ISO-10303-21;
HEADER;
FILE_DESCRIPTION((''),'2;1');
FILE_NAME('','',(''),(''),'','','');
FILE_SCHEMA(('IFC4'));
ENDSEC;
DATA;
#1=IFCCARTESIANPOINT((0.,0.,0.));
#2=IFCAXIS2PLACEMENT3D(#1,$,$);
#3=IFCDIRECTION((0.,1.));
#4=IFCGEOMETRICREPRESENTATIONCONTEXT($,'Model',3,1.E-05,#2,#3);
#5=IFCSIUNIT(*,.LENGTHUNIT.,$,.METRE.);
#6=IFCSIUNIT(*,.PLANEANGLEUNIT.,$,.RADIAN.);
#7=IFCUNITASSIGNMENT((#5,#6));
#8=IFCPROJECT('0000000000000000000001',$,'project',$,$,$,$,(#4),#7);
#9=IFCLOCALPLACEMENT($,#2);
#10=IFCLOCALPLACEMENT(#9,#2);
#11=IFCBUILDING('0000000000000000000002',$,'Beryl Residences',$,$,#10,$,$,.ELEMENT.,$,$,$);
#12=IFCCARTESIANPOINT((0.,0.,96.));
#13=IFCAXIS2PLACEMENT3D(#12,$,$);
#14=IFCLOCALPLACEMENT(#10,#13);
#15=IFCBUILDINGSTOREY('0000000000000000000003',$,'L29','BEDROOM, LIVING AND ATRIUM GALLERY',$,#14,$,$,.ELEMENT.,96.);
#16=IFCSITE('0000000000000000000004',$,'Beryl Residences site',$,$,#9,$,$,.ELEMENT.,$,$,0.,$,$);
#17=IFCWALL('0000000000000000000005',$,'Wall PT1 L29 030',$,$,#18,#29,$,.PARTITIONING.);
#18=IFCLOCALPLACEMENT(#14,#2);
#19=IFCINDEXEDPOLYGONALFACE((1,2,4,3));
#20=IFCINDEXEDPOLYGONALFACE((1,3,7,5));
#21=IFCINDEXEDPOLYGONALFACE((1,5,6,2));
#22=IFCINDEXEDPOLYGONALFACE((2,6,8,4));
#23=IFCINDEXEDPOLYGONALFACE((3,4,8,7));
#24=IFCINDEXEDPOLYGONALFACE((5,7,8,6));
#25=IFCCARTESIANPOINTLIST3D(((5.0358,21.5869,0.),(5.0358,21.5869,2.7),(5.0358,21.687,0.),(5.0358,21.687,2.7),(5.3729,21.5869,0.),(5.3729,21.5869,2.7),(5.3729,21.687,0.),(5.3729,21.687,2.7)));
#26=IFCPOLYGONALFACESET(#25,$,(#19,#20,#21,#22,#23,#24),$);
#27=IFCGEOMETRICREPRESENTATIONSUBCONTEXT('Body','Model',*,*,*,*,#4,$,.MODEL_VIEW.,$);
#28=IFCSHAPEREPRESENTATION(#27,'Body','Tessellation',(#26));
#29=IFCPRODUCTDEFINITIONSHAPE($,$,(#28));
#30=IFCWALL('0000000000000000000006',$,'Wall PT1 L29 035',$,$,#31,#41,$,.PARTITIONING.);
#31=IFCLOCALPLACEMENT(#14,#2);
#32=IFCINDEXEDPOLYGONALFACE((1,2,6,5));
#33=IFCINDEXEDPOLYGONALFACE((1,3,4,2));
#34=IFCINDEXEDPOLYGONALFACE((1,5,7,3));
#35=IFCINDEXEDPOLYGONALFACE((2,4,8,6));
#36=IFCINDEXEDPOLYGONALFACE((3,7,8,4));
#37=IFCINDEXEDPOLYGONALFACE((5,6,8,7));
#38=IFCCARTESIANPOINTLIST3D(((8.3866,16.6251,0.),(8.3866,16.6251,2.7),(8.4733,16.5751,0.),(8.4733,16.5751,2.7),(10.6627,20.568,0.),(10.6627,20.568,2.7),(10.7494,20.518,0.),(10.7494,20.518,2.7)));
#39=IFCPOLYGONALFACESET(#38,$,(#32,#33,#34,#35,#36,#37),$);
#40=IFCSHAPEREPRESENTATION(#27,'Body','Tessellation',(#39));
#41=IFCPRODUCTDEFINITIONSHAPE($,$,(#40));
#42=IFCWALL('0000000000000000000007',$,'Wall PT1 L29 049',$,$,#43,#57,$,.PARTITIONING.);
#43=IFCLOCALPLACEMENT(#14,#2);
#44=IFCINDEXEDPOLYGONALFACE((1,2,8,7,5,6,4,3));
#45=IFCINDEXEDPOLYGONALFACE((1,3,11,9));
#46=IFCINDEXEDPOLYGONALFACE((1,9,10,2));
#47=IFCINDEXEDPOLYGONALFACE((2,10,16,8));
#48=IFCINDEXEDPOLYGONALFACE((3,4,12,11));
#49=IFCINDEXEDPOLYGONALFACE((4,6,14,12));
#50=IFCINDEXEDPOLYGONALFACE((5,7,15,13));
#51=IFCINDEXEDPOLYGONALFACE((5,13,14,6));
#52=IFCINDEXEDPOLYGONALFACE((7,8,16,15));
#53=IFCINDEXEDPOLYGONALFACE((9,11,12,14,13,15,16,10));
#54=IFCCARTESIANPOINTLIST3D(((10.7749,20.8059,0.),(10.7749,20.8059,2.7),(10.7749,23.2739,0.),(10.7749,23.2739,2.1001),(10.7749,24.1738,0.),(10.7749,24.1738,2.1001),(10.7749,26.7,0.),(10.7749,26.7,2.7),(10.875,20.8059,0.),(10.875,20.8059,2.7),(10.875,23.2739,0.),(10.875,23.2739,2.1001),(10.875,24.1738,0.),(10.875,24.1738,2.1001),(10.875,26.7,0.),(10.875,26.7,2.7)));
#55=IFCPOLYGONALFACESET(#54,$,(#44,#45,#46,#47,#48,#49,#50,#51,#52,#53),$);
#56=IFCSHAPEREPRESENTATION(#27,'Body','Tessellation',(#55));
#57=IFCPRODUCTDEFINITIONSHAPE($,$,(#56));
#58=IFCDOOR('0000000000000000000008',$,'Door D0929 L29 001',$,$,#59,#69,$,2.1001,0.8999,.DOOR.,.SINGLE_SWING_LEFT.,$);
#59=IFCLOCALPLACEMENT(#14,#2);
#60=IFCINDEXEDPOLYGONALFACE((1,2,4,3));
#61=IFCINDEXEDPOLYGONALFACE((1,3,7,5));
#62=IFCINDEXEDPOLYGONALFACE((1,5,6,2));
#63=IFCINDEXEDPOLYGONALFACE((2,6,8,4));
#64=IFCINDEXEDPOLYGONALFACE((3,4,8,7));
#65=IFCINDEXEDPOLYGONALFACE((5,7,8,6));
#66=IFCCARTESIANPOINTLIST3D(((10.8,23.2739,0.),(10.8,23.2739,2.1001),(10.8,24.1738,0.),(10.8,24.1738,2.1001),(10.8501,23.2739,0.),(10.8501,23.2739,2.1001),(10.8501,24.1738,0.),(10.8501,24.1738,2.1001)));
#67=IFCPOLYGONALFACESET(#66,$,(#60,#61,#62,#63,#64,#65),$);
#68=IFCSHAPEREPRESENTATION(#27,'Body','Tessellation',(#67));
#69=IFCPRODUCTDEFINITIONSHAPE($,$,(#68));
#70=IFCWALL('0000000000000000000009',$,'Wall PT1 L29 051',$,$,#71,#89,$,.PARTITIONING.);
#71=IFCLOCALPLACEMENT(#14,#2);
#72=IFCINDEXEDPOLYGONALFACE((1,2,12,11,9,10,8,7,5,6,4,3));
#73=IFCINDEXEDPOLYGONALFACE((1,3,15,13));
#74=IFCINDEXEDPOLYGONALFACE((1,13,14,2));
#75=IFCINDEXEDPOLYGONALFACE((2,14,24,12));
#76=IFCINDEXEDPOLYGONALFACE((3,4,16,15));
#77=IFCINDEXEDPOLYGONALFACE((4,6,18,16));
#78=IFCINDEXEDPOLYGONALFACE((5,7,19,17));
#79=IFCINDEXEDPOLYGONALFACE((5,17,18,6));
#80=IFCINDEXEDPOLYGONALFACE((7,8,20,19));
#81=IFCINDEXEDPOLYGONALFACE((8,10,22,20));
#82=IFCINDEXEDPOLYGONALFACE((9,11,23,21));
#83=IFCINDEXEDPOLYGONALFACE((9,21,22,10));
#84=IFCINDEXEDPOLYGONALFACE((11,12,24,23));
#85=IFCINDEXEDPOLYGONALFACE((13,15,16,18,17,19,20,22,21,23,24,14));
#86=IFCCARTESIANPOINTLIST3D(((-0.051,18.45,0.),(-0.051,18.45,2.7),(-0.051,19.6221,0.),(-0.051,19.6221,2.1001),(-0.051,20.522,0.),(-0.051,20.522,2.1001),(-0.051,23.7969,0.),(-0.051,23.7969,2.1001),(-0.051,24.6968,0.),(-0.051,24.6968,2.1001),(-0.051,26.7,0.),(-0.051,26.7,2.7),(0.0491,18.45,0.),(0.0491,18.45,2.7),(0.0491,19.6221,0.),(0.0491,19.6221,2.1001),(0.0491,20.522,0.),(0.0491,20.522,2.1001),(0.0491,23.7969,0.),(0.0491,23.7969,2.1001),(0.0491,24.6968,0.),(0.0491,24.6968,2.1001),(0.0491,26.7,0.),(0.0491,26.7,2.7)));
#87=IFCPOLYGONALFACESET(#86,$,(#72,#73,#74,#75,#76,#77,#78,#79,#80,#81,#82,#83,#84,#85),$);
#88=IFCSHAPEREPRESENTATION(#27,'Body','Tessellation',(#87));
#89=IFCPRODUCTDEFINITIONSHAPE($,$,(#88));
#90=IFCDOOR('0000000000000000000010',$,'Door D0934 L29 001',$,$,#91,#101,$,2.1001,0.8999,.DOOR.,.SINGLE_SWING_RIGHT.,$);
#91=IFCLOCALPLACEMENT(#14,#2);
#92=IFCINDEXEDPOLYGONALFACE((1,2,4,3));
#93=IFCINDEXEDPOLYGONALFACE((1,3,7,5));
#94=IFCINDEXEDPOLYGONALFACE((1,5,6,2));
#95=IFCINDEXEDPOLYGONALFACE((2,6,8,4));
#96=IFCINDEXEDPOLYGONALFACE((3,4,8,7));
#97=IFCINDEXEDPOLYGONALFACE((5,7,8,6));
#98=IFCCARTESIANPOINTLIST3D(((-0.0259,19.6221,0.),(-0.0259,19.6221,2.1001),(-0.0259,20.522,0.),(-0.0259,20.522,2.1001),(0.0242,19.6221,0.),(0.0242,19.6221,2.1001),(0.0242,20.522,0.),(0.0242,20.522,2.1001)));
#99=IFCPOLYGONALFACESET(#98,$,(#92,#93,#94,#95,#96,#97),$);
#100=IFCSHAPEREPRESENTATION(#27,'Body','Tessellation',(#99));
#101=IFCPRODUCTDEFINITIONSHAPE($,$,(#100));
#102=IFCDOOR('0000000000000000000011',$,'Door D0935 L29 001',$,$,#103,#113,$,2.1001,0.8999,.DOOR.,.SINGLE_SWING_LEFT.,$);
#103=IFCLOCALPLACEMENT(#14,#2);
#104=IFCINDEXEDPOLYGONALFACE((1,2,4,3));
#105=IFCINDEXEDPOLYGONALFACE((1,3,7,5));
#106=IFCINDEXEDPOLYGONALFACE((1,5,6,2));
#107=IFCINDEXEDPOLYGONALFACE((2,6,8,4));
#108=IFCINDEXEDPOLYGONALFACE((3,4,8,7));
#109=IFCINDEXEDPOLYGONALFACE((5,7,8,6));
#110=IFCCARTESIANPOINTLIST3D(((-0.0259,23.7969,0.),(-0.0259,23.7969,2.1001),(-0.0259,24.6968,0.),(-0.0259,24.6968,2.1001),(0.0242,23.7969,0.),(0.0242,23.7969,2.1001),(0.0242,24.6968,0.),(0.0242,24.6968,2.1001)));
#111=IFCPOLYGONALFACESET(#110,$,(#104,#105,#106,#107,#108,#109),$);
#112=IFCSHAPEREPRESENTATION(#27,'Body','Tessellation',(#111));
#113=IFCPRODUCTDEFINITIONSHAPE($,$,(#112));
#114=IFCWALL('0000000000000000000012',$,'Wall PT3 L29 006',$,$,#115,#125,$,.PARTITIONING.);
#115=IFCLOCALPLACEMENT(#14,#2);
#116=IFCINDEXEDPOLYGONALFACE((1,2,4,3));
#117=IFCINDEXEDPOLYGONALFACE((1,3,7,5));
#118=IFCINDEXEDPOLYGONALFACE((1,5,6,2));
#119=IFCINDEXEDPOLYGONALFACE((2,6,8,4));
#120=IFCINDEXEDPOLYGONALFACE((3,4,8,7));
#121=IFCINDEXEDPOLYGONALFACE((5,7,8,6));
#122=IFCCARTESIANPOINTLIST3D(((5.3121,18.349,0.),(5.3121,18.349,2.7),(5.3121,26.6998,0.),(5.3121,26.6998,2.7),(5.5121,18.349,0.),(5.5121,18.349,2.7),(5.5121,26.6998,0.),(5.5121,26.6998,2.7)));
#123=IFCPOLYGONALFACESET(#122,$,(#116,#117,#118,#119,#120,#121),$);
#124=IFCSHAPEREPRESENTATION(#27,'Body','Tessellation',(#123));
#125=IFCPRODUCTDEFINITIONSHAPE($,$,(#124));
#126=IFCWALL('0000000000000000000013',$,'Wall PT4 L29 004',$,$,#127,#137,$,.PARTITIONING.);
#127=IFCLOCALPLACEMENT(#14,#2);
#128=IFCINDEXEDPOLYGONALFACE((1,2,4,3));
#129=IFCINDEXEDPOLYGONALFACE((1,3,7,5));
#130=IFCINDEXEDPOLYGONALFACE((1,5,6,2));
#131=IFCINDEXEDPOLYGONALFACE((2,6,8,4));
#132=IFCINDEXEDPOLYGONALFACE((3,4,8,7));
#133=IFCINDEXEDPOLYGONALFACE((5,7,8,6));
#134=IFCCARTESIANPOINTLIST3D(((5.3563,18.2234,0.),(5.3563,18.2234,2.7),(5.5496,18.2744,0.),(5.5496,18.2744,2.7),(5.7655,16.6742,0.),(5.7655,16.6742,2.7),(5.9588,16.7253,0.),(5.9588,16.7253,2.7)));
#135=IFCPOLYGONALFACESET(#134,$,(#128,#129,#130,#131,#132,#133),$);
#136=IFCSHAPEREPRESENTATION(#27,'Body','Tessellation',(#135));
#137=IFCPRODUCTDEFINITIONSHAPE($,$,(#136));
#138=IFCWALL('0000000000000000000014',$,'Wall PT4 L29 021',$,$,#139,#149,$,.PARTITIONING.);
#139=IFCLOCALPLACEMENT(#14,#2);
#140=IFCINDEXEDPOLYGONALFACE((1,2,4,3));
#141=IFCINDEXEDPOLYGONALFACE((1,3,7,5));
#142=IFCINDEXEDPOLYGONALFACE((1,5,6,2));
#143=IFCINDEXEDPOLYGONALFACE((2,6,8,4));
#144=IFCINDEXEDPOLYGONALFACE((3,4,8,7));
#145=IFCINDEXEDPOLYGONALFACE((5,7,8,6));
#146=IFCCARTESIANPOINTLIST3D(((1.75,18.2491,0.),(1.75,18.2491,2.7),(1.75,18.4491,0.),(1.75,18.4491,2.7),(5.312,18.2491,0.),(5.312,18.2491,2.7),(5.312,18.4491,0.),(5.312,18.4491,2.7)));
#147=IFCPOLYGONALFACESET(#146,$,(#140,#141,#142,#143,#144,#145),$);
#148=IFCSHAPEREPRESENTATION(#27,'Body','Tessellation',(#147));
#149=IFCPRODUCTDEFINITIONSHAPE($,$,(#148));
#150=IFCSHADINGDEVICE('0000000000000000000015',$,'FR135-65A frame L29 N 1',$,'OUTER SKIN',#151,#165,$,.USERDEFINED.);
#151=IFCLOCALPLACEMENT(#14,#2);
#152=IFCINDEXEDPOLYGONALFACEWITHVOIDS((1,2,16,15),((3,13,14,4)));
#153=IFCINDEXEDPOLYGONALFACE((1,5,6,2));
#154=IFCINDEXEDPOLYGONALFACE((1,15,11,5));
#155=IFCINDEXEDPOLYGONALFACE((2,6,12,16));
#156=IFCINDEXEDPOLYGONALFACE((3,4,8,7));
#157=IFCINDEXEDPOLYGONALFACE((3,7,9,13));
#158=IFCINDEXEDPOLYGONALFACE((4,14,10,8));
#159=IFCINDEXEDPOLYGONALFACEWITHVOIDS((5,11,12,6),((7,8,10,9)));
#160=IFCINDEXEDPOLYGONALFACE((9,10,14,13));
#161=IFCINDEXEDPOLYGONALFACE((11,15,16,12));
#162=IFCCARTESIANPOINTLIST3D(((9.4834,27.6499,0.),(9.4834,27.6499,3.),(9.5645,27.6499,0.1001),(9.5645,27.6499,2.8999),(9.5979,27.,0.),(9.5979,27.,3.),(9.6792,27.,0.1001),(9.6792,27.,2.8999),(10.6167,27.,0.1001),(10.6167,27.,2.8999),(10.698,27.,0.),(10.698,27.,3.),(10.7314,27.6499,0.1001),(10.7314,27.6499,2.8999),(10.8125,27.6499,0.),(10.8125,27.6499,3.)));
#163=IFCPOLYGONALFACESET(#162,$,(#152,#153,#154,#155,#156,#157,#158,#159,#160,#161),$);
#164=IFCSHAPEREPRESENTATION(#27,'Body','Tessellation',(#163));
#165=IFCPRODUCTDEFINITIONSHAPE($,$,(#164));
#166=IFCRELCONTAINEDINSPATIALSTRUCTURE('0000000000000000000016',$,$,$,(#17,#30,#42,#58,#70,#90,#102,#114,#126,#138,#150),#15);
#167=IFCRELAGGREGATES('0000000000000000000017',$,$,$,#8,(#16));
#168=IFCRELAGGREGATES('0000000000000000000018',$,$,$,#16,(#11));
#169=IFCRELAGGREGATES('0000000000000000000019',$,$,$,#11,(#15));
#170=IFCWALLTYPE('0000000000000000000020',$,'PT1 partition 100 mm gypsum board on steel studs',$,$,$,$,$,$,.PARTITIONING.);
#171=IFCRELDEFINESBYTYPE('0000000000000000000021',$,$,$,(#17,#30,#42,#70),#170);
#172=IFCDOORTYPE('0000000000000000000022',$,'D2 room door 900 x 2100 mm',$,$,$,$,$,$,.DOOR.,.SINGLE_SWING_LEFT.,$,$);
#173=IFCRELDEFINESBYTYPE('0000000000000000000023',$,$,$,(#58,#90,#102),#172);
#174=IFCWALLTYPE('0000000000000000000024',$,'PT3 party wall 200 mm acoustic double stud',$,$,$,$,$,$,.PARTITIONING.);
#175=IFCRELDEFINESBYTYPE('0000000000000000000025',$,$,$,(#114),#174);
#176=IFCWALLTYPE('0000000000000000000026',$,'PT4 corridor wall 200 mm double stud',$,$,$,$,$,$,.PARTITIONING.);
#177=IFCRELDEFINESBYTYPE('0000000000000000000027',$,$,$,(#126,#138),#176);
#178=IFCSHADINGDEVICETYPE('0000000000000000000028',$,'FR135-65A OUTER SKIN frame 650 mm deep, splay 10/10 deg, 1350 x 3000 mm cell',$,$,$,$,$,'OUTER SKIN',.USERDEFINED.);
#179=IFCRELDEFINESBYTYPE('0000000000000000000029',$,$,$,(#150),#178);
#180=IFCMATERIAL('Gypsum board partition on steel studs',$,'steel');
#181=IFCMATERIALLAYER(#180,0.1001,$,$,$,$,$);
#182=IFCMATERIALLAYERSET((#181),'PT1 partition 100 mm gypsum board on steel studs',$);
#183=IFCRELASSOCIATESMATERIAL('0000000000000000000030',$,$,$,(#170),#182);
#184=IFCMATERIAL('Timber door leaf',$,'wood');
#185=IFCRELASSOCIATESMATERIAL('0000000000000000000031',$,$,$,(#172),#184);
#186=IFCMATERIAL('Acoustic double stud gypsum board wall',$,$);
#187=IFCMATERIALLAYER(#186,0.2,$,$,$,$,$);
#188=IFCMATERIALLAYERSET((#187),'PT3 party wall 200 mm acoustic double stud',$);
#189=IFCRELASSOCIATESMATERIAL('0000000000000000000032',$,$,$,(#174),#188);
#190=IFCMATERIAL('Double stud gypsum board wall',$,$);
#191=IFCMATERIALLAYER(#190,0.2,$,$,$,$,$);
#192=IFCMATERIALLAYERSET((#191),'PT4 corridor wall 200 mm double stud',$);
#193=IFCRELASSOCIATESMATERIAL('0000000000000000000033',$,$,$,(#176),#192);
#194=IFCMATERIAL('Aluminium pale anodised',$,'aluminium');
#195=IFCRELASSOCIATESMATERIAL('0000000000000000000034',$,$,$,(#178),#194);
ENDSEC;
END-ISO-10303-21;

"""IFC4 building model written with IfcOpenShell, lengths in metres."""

from ifc_helpers import new_model, entity, si_unit, direction, frame, frame_2d, origin, place, context, subcontext, project, spatial, rectangle, extrude, source, transform, mapped, material, layer, layer_set, type_object, type_shapes, element, fill, save


model = new_model("IFC4")

# Units and contexts
model_context = context("Model", 3, precision=1e-05, world=origin(), true_north=direction((0.0, 1.0)))
body_context = subcontext(model_context, "Body", "Model", "MODEL_VIEW")
ifc_project = project(units=[si_unit("LENGTHUNIT", "METRE"), si_unit("PLANEANGLEUNIT", "RADIAN")], contexts=[model_context])

# Site, building, storey
site_placement = place(None, origin())
site = spatial("IfcSite", under=ifc_project, at=site_placement, Name="Beryl Residences site", CompositionType="ELEMENT", RefElevation=0.0)
building_placement = place(site_placement, origin())
building = spatial("IfcBuilding", under=site, at=building_placement, Name="Beryl Residences", CompositionType="ELEMENT")
storey_placement = place(building_placement, frame((0.0, 0.0, 96.0)))
storey = spatial("IfcBuildingStorey", under=building, at=storey_placement, Name="L29", Description="BEDROOM, LIVING AND ATRIUM GALLERY", CompositionType="ELEMENT", Elevation=96.0)

# Shared definitions
ifc_material_1 = material(Name="Gypsum board partition on steel studs", Category="steel")
ifc_layer_1 = layer(ifc_material_1, 0.1001)
ifc_layer_set_1 = layer_set([ifc_layer_1], Name="PT1 partition 100 mm gypsum board on steel studs")
wall_type_1 = type_object("IfcWallType", Name="PT1 partition 100 mm gypsum board on steel studs", PredefinedType="PARTITIONING", material=ifc_layer_set_1)

# Walls
wall_1_placement = place(storey_placement, frame((5.0359, 21.637, 0.0), z_axis=(0.0, 0.0, 1.0), x_axis=(1.0, 0.0, 0.0)))
element("IfcWall", 1, at=wall_1_placement, inside=storey, type_object=wall_type_1, Name="Wall PT1 L29 030", PredefinedType="PARTITIONING", context=body_context, shape_type="SweptSolid", body=[
    extrude(rectangle(XDim=0.3372, YDim=0.1001, at=frame_2d((0.1685, 0.0))), origin(), (0.0, 0.0, 1.0), 2.7),
])
wall_2_placement = place(storey_placement, frame((8.4299, 16.6001, 0.0), z_axis=(0.0, 0.0, 1.0), x_axis=(0.499951, 0.866053, 0.0)))
element("IfcWall", 2, at=wall_2_placement, inside=storey, type_object=wall_type_1, Name="Wall PT1 L29 035", PredefinedType="PARTITIONING", context=body_context, shape_type="SweptSolid", body=[
    extrude(rectangle(XDim=4.5527, YDim=0.1001, at=frame_2d((2.2764, 0.0))), origin(), (0.0, 0.0, 1.0), 2.7),
])

# Wall, opening, door
wall_3_placement = place(storey_placement, frame((10.825, 20.8059, 0.0), z_axis=(0.0, 0.0, 1.0), x_axis=(0.0, 1.0, 0.0)))
wall_3 = element("IfcWall", 3, at=wall_3_placement, inside=storey, type_object=wall_type_1, Name="Wall PT1 L29 049", PredefinedType="PARTITIONING", context=body_context, shape_type="SweptSolid", body=[
    extrude(rectangle(XDim=5.894, YDim=0.1001, at=frame_2d((2.947, 0.0))), origin(), (0.0, 0.0, 1.0), 2.7),
])
opening_1_placement = place(wall_3_placement, frame((2.468, 0.0, 0.0)))
opening_1 = element("IfcOpeningElement", 4, at=opening_1_placement, cuts=wall_3, PredefinedType="OPENING", context=body_context, shape_type="SweptSolid", body=[
    extrude(rectangle(XDim=0.8999, YDim=2.1001, at=frame_2d((0.45, 1.05))), frame((0.0, 0.0601, 0.0), z_axis=(0.0, -1.0, 0.0), x_axis=(1.0, 0.0, 0.0)), (0.0, 0.0, 1.0), 0.1201),
])
ifc_material_2 = material(Name="Timber door leaf", Category="wood")
door_type_1 = type_object("IfcDoorType", Name="D2 room door 900 x 2100 mm", OperationType="SINGLE_SWING_LEFT", PredefinedType="DOOR", material=ifc_material_2)
door_1_placement = place(opening_1_placement, origin())
door_1 = element("IfcDoor", 5, at=door_1_placement, inside=storey, type_object=door_type_1, Name="Door D0929 L29 001", OperationType="SINGLE_SWING_LEFT", OverallHeight=2.1001, OverallWidth=0.8999, PredefinedType="DOOR", context=body_context, shape_type="SweptSolid", body=[
    extrude(rectangle(XDim=0.8999, YDim=2.1001, at=frame_2d((0.45, 1.05))), frame((0.0, 0.0249, 0.0), z_axis=(0.0, -1.0, 0.0), x_axis=(1.0, 0.0, 0.0)), (0.0, 0.0, 1.0), 0.05),
])
fill(opening_1, door_1)

# Wall, openings, doors
wall_4_placement = place(storey_placement, frame((-0.001, 18.45, 0.0), z_axis=(0.0, 0.0, 1.0), x_axis=(0.0, 1.0, 0.0)))
wall_4 = element("IfcWall", 6, at=wall_4_placement, inside=storey, type_object=wall_type_1, Name="Wall PT1 L29 051", PredefinedType="PARTITIONING", context=body_context, shape_type="SweptSolid", body=[
    extrude(rectangle(XDim=8.25, YDim=0.1001, at=frame_2d((4.125, 0.0))), origin(), (0.0, 0.0, 1.0), 2.7),
])
opening_2_placement = place(wall_4_placement, frame((1.1721, 0.0, 0.0)))
opening_2 = element("IfcOpeningElement", 7, at=opening_2_placement, cuts=wall_4, PredefinedType="OPENING", context=body_context, shape_type="SweptSolid", body=[
    extrude(rectangle(XDim=0.8999, YDim=2.1001, at=frame_2d((0.45, 1.05))), frame((0.0, 0.0601, 0.0), z_axis=(0.0, -1.0, 0.0), x_axis=(1.0, 0.0, 0.0)), (0.0, 0.0, 1.0), 0.1201),
])
opening_3_placement = place(wall_4_placement, frame((5.3469, 0.0, 0.0)))
opening_3 = element("IfcOpeningElement", 8, at=opening_3_placement, cuts=wall_4, PredefinedType="OPENING", context=body_context, shape_type="SweptSolid", body=[
    extrude(rectangle(XDim=0.8999, YDim=2.1001, at=frame_2d((0.45, 1.05))), frame((0.0, 0.0601, 0.0), z_axis=(0.0, -1.0, 0.0), x_axis=(1.0, 0.0, 0.0)), (0.0, 0.0, 1.0), 0.1201),
])
door_2_placement = place(opening_2_placement, origin())
door_2 = element("IfcDoor", 9, at=door_2_placement, inside=storey, type_object=door_type_1, Name="Door D0934 L29 001", OperationType="SINGLE_SWING_RIGHT", OverallHeight=2.1001, OverallWidth=0.8999, PredefinedType="DOOR", context=body_context, shape_type="SweptSolid", body=[
    extrude(rectangle(XDim=0.8999, YDim=2.1001, at=frame_2d((0.45, 1.05))), frame((0.0, 0.0249, 0.0), z_axis=(0.0, -1.0, 0.0), x_axis=(1.0, 0.0, 0.0)), (0.0, 0.0, 1.0), 0.05),
])
fill(opening_2, door_2)
door_3_placement = place(opening_3_placement, origin())
door_3 = element("IfcDoor", 10, at=door_3_placement, inside=storey, type_object=door_type_1, Name="Door D0935 L29 001", OperationType="SINGLE_SWING_LEFT", OverallHeight=2.1001, OverallWidth=0.8999, PredefinedType="DOOR", context=body_context, shape_type="SweptSolid", body=[
    extrude(rectangle(XDim=0.8999, YDim=2.1001, at=frame_2d((0.45, 1.05))), frame((0.0, 0.0249, 0.0), z_axis=(0.0, -1.0, 0.0), x_axis=(1.0, 0.0, 0.0)), (0.0, 0.0, 1.0), 0.05),
])
fill(opening_3, door_3)

# Walls
ifc_material_3 = material(Name="Acoustic double stud gypsum board wall")
ifc_layer_2 = layer(ifc_material_3, 0.2)
ifc_layer_set_2 = layer_set([ifc_layer_2], Name="PT3 party wall 200 mm acoustic double stud")
wall_type_2 = type_object("IfcWallType", Name="PT3 party wall 200 mm acoustic double stud", PredefinedType="PARTITIONING", material=ifc_layer_set_2)
wall_5_placement = place(storey_placement, frame((5.4121, 18.3491, 0.0), z_axis=(0.0, 0.0, 1.0), x_axis=(0.0, 1.0, 0.0)))
element("IfcWall", 11, at=wall_5_placement, inside=storey, type_object=wall_type_2, Name="Wall PT3 L29 006", PredefinedType="PARTITIONING", context=body_context, shape_type="SweptSolid", body=[
    extrude(rectangle(XDim=8.3508, YDim=0.2, at=frame_2d((4.1753, 0.0))), origin(), (0.0, 0.0, 1.0), 2.7),
])
ifc_material_4 = material(Name="Double stud gypsum board wall")
ifc_layer_3 = layer(ifc_material_4, 0.2)
ifc_layer_set_3 = layer_set([ifc_layer_3], Name="PT4 corridor wall 200 mm double stud")
wall_type_3 = type_object("IfcWallType", Name="PT4 corridor wall 200 mm double stud", PredefinedType="PARTITIONING", material=ifc_layer_set_3)
wall_6_placement = place(storey_placement, frame((5.4529, 18.249, 0.0), z_axis=(0.0, 0.0, 1.0), x_axis=(0.255386, -0.966839, 0.0)))
element("IfcWall", 12, at=wall_6_placement, inside=storey, type_object=wall_type_3, Name="Wall PT4 L29 004", PredefinedType="PARTITIONING", context=body_context, shape_type="SweptSolid", body=[
    extrude(rectangle(XDim=1.6023, YDim=0.2, at=frame_2d((0.8013, 0.0))), origin(), (0.0, 0.0, 1.0), 2.7),
])
wall_7_placement = place(storey_placement, frame((1.75, 18.3491, 0.0), z_axis=(0.0, 0.0, 1.0), x_axis=(1.0, 0.0, 0.0)))
element("IfcWall", 13, at=wall_7_placement, inside=storey, type_object=wall_type_3, Name="Wall PT4 L29 021", PredefinedType="PARTITIONING", context=body_context, shape_type="SweptSolid", body=[
    extrude(rectangle(XDim=3.562, YDim=0.2, at=frame_2d((1.781, 0.0))), origin(), (0.0, 0.0, 1.0), 2.7),
])

# Shading device
ifc_material_5 = material(Name="Aluminium pale anodised", Category="aluminium")
shading_device_type_1 = type_object("IfcShadingDeviceType", Name="FR135-65A OUTER SKIN frame 650 mm deep, splay 10/10 deg, 1350 x 3000 mm cell", ElementType="OUTER SKIN", PredefinedType="USERDEFINED", material=ifc_material_5)
cartesian_point_1 = entity("IfcCartesianPoint", [-0.55, 0.0])
cartesian_point_2 = entity("IfcCartesianPoint", [-0.4688, 0.1001])
cartesian_point_3 = entity("IfcCartesianPoint", [-0.6646, 0.0])
cartesian_point_4 = entity("IfcCartesianPoint", [-0.5835, 0.1001])
shared_shape_1 = source(origin(), body_context, "Body", "SweptSolid", [
    entity("IfcExtrudedAreaSolidTapered", entity("IfcArbitraryProfileDefWithVoids", "AREA", None, entity("IfcPolyline", [cartesian_point_1, entity("IfcCartesianPoint", [0.55, 0.0]), entity("IfcCartesianPoint", [0.55, 3.0]), entity("IfcCartesianPoint", [-0.55, 3.0]), cartesian_point_1]), [entity("IfcPolyline", [cartesian_point_2, entity("IfcCartesianPoint", [0.4688, 0.1001]), entity("IfcCartesianPoint", [0.4688, 2.8999]), entity("IfcCartesianPoint", [-0.4688, 2.8999]), cartesian_point_2])]), entity("IfcAxis2Placement3D", entity("IfcCartesianPoint", [0.0, 0.0, 0.0]), entity("IfcDirection", [0.0, 1.0, 0.0]), entity("IfcDirection", [-1.0, 0.0, 0.0])), entity("IfcDirection", [0.0, 0.0, 1.0]), 0.6499, entity("IfcArbitraryProfileDefWithVoids", "AREA", None, entity("IfcPolyline", [cartesian_point_3, entity("IfcCartesianPoint", [0.6646, 0.0]), entity("IfcCartesianPoint", [0.6646, 3.0]), entity("IfcCartesianPoint", [-0.6646, 3.0]), cartesian_point_3]), [entity("IfcPolyline", [cartesian_point_4, entity("IfcCartesianPoint", [0.5835, 0.1001]), entity("IfcCartesianPoint", [0.5835, 2.8999]), entity("IfcCartesianPoint", [-0.5835, 2.8999]), cartesian_point_4])])),
])
type_shapes(shading_device_type_1, [shared_shape_1])
shading_device_placement = place(storey_placement, frame((10.1479, 27.0, 0.0), z_axis=(0.0, 0.0, 1.0), x_axis=(1.0, 0.0, 0.0)))
element("IfcShadingDevice", 14, at=shading_device_placement, inside=storey, type_object=shading_device_type_1, Name="FR135-65A frame L29 N 1", ObjectType="OUTER SKIN", PredefinedType="USERDEFINED", context=body_context, shape_type="MappedRepresentation", body=[
    mapped(shared_shape_1, transform((0.0, 0.0, 0.0))),
])

save(model, "model.ifc")
